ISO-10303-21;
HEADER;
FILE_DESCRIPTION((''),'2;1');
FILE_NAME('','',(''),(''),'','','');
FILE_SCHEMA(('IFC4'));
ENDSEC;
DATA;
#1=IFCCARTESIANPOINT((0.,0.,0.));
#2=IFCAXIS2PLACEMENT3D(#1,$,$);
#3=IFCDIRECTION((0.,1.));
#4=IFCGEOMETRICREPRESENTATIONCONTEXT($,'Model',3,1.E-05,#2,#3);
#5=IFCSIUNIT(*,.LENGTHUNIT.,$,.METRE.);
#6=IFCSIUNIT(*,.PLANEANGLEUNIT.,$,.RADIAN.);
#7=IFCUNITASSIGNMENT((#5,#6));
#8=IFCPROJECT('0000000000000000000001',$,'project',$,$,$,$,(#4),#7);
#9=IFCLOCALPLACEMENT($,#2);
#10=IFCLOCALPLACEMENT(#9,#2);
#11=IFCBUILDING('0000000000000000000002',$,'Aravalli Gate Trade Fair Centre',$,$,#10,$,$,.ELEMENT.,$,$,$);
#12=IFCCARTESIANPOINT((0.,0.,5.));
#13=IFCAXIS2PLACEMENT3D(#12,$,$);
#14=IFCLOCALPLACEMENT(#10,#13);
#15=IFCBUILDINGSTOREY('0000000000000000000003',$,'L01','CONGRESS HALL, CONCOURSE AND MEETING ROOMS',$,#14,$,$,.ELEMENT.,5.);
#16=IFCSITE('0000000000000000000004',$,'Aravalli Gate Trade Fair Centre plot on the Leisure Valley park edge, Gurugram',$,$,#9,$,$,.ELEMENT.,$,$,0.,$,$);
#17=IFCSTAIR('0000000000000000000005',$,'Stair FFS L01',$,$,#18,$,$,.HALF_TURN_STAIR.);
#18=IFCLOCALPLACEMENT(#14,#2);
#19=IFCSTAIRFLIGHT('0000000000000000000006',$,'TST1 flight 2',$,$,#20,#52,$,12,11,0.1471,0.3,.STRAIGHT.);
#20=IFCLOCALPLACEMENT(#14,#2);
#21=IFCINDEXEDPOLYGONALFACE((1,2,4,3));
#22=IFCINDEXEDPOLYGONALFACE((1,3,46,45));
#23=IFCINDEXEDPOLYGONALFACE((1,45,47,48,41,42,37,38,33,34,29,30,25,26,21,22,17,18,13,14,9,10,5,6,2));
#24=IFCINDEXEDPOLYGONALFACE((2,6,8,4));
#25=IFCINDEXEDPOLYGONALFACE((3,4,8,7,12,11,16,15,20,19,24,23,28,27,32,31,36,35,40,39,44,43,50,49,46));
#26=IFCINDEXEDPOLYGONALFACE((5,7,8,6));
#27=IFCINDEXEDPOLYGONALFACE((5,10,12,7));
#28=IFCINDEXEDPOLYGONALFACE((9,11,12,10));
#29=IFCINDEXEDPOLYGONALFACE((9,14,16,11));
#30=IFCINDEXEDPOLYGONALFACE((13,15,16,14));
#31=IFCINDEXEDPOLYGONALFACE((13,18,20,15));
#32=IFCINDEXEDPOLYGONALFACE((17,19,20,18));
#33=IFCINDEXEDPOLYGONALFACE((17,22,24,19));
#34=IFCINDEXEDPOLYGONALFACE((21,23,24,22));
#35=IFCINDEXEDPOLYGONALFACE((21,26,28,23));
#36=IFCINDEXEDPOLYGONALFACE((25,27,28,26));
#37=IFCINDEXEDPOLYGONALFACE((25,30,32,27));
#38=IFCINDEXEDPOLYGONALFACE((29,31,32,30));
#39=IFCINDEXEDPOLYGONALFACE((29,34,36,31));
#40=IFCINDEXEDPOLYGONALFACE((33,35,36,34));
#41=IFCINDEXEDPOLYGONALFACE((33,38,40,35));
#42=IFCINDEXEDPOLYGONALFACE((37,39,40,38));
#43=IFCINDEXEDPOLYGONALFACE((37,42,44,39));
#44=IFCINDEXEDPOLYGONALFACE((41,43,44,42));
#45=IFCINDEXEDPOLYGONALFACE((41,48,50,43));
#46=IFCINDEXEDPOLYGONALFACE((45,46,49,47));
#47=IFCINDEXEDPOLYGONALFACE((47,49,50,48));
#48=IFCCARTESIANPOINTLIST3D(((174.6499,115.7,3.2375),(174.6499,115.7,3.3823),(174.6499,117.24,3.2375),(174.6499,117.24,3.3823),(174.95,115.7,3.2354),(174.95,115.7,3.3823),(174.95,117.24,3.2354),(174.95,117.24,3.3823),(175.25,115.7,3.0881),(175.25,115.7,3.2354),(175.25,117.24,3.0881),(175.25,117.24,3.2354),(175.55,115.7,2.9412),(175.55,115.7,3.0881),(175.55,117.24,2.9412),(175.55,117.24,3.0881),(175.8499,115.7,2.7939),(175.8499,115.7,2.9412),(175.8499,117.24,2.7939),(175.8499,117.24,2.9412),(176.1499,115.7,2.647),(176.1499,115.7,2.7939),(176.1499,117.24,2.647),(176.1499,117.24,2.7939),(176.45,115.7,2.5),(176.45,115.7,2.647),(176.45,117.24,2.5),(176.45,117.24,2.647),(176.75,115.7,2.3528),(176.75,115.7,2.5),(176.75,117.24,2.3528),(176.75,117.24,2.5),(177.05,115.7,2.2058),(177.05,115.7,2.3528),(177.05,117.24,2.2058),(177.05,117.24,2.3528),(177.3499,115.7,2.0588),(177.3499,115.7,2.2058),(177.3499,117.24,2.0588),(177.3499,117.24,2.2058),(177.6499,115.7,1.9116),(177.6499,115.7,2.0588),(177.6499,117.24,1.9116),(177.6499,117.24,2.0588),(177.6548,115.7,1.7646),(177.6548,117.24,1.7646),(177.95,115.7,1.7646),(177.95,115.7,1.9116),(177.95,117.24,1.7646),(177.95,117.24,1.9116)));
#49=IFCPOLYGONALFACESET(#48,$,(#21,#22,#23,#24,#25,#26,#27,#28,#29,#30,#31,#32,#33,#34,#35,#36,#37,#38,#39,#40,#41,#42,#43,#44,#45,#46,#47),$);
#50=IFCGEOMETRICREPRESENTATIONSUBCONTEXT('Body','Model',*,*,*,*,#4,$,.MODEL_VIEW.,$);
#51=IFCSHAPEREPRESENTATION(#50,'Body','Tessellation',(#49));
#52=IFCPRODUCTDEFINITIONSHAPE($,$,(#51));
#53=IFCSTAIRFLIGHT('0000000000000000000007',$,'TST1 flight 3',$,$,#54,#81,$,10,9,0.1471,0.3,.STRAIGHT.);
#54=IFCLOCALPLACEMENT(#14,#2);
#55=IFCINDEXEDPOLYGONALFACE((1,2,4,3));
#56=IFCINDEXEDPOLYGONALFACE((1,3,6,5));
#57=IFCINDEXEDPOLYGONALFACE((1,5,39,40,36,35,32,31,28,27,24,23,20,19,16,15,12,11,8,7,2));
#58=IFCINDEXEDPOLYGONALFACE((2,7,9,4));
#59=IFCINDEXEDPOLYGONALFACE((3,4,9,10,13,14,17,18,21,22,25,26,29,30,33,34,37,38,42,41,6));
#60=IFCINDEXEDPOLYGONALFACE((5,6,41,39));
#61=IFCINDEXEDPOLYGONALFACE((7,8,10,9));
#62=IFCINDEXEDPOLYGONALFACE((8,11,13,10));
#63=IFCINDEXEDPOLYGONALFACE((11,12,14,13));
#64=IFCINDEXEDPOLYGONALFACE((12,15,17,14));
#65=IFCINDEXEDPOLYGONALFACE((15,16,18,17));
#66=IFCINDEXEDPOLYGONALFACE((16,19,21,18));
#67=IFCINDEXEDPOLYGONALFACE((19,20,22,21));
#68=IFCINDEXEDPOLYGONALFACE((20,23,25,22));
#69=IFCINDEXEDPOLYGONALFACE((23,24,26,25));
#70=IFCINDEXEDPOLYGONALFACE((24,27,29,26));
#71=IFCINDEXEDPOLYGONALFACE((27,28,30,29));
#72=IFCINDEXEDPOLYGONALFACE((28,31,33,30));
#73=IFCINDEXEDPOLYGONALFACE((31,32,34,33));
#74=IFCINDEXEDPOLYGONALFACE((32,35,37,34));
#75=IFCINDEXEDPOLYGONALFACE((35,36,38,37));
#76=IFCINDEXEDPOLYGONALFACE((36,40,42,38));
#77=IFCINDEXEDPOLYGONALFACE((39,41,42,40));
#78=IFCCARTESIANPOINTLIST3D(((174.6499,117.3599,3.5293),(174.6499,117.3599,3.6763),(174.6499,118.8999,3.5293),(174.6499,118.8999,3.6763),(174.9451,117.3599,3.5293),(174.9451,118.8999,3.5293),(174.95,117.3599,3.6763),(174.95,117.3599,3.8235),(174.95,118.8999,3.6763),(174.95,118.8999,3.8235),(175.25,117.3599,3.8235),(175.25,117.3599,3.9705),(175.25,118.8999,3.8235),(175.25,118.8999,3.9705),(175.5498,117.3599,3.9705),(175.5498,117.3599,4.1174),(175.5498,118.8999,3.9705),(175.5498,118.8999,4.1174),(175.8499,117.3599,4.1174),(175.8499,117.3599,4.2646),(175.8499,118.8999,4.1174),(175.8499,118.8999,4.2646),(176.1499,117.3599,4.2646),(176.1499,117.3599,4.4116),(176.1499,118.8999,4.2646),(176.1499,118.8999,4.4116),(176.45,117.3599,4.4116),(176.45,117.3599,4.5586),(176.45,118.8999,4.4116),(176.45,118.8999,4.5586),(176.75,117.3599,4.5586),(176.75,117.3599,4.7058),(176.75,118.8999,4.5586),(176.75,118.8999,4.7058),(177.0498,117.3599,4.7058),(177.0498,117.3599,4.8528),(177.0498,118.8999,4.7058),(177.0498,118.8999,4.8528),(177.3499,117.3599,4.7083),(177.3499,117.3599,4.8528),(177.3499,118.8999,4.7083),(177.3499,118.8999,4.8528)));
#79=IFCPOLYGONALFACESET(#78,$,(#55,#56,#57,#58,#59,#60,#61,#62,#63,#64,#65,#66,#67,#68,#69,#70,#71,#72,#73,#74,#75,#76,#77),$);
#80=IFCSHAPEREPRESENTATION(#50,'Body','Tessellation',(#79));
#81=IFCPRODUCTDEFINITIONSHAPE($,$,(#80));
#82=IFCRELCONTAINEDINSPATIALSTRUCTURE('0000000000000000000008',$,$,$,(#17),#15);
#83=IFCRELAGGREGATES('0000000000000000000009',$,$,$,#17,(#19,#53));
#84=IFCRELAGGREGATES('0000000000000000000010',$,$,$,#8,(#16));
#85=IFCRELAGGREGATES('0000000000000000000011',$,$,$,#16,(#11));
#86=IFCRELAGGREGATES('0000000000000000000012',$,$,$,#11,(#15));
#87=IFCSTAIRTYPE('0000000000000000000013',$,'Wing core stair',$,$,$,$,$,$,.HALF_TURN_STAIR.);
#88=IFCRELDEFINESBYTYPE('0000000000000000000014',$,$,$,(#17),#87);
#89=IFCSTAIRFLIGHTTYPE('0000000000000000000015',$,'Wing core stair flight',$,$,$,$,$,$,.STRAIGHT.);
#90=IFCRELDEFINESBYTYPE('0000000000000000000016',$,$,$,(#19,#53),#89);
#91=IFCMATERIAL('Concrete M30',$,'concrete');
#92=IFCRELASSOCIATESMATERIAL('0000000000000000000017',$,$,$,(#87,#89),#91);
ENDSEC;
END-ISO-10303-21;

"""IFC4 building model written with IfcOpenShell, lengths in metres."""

from ifc_helpers import new_model, si_unit, direction, frame, origin, place, context, subcontext, project, spatial, polyline, outline, extrude, material, type_object, element, aggregate, save


model = new_model("IFC4")

# Units and contexts
model_context = context("Model", 3, precision=1e-05, world=origin(), true_north=direction((0.0, 1.0)))
body_context = subcontext(model_context, "Body", "Model", "MODEL_VIEW")
ifc_project = project(units=[si_unit("LENGTHUNIT", "METRE"), si_unit("PLANEANGLEUNIT", "RADIAN")], contexts=[model_context])

# Site, building, storey
site_placement = place(None, origin())
site = spatial("IfcSite", under=ifc_project, at=site_placement, Name="Aravalli Gate Trade Fair Centre plot on the Leisure Valley park edge, Gurugram", CompositionType="ELEMENT", RefElevation=0.0)
building_placement = place(site_placement, origin())
building = spatial("IfcBuilding", under=site, at=building_placement, Name="Aravalli Gate Trade Fair Centre", CompositionType="ELEMENT")
storey_placement = place(building_placement, frame((0.0, 0.0, 5.0)))
storey = spatial("IfcBuildingStorey", under=building, at=storey_placement, Name="L01", Description="CONGRESS HALL, CONCOURSE AND MEETING ROOMS", CompositionType="ELEMENT", Elevation=5.0)

# Shared definitions
ifc_material_1 = material(Name="Concrete M30", Category="concrete")

# Stair, stair flights
stair_type = type_object("IfcStairType", Name="Wing core stair", PredefinedType="HALF_TURN_STAIR", material=ifc_material_1)
stair_placement = place(storey_placement, origin())
stair = element("IfcStair", 1, at=stair_placement, inside=storey, type_object=stair_type, Name="Stair FFS L01", PredefinedType="HALF_TURN_STAIR")
stair_flight_type = type_object("IfcStairFlightType", Name="Wing core stair flight", PredefinedType="STRAIGHT", material=ifc_material_1)
stair_flight_1_placement = place(storey_placement, frame((177.95, 116.47, 1.7646), z_axis=(0.0, 0.0, 1.0), x_axis=(-1.0, 0.0, 0.0)))
stair_flight_1 = element("IfcStairFlight", 2, at=stair_flight_1_placement, type_object=stair_flight_type, Name="TST1 flight 2", NumberOfRisers=12, NumberOfTreads=11, PredefinedType="STRAIGHT", RiserHeight=0.1471, TreadLength=0.3, context=body_context, shape_type="SweptSolid", body=[
    extrude(outline(polyline([(0.0, 0.0), (0.0, 0.147), (0.3, 0.147), (0.3, 0.2942), (0.6001, 0.2942), (0.6001, 0.4412), (0.8999, 0.4412), (0.8999, 0.5881), (1.2, 0.5881), (1.2, 0.7354), (1.5, 0.7354), (1.5, 0.8823), (1.8, 0.8823), (1.8, 1.0293), (2.1001, 1.0293), (2.1001, 1.1765), (2.3999, 1.1765), (2.3999, 1.3235), (2.7, 1.3235), (2.7, 1.4707), (3.0, 1.4707), (3.0, 1.6177), (3.3, 1.6177), (3.3, 1.7646), (3.3, 1.4729), (0.2952, 0.0), (0.0, 0.0)])), frame((0.0, 0.77, 0.0), z_axis=(0.0, -1.0, 0.0), x_axis=(1.0, 0.0, 0.0)), (0.0, 0.0, 1.0), 1.54),
])
stair_flight_2_placement = place(storey_placement, frame((174.6499, 118.1299, 3.5293), z_axis=(0.0, 0.0, 1.0), x_axis=(1.0, 0.0, 0.0)))
stair_flight_2 = element("IfcStairFlight", 3, at=stair_flight_2_placement, type_object=stair_flight_type, Name="TST1 flight 3", NumberOfRisers=10, NumberOfTreads=9, PredefinedType="STRAIGHT", RiserHeight=0.1471, TreadLength=0.3, context=body_context, shape_type="SweptSolid", body=[
    extrude(outline(polyline([(0.0, 0.0), (0.0, 0.147), (0.3, 0.147), (0.3, 0.2942), (0.6001, 0.2942), (0.6001, 0.4412), (0.8999, 0.4412), (0.8999, 0.5881), (1.2, 0.5881), (1.2, 0.7354), (1.5, 0.7354), (1.5, 0.8823), (1.8, 0.8823), (1.8, 1.0293), (2.1001, 1.0293), (2.1001, 1.1765), (2.3999, 1.1765), (2.3999, 1.3235), (2.7, 1.3235), (2.7, 1.4707), (2.7, 1.179), (0.2952, 0.0), (0.0, 0.0)])), frame((0.0, 0.77, 0.0), z_axis=(0.0, -1.0, 0.0), x_axis=(1.0, 0.0, 0.0)), (0.0, 0.0, 1.0), 1.54),
])
aggregate(stair, [stair_flight_1, stair_flight_2])

save(model, "model.ifc")
